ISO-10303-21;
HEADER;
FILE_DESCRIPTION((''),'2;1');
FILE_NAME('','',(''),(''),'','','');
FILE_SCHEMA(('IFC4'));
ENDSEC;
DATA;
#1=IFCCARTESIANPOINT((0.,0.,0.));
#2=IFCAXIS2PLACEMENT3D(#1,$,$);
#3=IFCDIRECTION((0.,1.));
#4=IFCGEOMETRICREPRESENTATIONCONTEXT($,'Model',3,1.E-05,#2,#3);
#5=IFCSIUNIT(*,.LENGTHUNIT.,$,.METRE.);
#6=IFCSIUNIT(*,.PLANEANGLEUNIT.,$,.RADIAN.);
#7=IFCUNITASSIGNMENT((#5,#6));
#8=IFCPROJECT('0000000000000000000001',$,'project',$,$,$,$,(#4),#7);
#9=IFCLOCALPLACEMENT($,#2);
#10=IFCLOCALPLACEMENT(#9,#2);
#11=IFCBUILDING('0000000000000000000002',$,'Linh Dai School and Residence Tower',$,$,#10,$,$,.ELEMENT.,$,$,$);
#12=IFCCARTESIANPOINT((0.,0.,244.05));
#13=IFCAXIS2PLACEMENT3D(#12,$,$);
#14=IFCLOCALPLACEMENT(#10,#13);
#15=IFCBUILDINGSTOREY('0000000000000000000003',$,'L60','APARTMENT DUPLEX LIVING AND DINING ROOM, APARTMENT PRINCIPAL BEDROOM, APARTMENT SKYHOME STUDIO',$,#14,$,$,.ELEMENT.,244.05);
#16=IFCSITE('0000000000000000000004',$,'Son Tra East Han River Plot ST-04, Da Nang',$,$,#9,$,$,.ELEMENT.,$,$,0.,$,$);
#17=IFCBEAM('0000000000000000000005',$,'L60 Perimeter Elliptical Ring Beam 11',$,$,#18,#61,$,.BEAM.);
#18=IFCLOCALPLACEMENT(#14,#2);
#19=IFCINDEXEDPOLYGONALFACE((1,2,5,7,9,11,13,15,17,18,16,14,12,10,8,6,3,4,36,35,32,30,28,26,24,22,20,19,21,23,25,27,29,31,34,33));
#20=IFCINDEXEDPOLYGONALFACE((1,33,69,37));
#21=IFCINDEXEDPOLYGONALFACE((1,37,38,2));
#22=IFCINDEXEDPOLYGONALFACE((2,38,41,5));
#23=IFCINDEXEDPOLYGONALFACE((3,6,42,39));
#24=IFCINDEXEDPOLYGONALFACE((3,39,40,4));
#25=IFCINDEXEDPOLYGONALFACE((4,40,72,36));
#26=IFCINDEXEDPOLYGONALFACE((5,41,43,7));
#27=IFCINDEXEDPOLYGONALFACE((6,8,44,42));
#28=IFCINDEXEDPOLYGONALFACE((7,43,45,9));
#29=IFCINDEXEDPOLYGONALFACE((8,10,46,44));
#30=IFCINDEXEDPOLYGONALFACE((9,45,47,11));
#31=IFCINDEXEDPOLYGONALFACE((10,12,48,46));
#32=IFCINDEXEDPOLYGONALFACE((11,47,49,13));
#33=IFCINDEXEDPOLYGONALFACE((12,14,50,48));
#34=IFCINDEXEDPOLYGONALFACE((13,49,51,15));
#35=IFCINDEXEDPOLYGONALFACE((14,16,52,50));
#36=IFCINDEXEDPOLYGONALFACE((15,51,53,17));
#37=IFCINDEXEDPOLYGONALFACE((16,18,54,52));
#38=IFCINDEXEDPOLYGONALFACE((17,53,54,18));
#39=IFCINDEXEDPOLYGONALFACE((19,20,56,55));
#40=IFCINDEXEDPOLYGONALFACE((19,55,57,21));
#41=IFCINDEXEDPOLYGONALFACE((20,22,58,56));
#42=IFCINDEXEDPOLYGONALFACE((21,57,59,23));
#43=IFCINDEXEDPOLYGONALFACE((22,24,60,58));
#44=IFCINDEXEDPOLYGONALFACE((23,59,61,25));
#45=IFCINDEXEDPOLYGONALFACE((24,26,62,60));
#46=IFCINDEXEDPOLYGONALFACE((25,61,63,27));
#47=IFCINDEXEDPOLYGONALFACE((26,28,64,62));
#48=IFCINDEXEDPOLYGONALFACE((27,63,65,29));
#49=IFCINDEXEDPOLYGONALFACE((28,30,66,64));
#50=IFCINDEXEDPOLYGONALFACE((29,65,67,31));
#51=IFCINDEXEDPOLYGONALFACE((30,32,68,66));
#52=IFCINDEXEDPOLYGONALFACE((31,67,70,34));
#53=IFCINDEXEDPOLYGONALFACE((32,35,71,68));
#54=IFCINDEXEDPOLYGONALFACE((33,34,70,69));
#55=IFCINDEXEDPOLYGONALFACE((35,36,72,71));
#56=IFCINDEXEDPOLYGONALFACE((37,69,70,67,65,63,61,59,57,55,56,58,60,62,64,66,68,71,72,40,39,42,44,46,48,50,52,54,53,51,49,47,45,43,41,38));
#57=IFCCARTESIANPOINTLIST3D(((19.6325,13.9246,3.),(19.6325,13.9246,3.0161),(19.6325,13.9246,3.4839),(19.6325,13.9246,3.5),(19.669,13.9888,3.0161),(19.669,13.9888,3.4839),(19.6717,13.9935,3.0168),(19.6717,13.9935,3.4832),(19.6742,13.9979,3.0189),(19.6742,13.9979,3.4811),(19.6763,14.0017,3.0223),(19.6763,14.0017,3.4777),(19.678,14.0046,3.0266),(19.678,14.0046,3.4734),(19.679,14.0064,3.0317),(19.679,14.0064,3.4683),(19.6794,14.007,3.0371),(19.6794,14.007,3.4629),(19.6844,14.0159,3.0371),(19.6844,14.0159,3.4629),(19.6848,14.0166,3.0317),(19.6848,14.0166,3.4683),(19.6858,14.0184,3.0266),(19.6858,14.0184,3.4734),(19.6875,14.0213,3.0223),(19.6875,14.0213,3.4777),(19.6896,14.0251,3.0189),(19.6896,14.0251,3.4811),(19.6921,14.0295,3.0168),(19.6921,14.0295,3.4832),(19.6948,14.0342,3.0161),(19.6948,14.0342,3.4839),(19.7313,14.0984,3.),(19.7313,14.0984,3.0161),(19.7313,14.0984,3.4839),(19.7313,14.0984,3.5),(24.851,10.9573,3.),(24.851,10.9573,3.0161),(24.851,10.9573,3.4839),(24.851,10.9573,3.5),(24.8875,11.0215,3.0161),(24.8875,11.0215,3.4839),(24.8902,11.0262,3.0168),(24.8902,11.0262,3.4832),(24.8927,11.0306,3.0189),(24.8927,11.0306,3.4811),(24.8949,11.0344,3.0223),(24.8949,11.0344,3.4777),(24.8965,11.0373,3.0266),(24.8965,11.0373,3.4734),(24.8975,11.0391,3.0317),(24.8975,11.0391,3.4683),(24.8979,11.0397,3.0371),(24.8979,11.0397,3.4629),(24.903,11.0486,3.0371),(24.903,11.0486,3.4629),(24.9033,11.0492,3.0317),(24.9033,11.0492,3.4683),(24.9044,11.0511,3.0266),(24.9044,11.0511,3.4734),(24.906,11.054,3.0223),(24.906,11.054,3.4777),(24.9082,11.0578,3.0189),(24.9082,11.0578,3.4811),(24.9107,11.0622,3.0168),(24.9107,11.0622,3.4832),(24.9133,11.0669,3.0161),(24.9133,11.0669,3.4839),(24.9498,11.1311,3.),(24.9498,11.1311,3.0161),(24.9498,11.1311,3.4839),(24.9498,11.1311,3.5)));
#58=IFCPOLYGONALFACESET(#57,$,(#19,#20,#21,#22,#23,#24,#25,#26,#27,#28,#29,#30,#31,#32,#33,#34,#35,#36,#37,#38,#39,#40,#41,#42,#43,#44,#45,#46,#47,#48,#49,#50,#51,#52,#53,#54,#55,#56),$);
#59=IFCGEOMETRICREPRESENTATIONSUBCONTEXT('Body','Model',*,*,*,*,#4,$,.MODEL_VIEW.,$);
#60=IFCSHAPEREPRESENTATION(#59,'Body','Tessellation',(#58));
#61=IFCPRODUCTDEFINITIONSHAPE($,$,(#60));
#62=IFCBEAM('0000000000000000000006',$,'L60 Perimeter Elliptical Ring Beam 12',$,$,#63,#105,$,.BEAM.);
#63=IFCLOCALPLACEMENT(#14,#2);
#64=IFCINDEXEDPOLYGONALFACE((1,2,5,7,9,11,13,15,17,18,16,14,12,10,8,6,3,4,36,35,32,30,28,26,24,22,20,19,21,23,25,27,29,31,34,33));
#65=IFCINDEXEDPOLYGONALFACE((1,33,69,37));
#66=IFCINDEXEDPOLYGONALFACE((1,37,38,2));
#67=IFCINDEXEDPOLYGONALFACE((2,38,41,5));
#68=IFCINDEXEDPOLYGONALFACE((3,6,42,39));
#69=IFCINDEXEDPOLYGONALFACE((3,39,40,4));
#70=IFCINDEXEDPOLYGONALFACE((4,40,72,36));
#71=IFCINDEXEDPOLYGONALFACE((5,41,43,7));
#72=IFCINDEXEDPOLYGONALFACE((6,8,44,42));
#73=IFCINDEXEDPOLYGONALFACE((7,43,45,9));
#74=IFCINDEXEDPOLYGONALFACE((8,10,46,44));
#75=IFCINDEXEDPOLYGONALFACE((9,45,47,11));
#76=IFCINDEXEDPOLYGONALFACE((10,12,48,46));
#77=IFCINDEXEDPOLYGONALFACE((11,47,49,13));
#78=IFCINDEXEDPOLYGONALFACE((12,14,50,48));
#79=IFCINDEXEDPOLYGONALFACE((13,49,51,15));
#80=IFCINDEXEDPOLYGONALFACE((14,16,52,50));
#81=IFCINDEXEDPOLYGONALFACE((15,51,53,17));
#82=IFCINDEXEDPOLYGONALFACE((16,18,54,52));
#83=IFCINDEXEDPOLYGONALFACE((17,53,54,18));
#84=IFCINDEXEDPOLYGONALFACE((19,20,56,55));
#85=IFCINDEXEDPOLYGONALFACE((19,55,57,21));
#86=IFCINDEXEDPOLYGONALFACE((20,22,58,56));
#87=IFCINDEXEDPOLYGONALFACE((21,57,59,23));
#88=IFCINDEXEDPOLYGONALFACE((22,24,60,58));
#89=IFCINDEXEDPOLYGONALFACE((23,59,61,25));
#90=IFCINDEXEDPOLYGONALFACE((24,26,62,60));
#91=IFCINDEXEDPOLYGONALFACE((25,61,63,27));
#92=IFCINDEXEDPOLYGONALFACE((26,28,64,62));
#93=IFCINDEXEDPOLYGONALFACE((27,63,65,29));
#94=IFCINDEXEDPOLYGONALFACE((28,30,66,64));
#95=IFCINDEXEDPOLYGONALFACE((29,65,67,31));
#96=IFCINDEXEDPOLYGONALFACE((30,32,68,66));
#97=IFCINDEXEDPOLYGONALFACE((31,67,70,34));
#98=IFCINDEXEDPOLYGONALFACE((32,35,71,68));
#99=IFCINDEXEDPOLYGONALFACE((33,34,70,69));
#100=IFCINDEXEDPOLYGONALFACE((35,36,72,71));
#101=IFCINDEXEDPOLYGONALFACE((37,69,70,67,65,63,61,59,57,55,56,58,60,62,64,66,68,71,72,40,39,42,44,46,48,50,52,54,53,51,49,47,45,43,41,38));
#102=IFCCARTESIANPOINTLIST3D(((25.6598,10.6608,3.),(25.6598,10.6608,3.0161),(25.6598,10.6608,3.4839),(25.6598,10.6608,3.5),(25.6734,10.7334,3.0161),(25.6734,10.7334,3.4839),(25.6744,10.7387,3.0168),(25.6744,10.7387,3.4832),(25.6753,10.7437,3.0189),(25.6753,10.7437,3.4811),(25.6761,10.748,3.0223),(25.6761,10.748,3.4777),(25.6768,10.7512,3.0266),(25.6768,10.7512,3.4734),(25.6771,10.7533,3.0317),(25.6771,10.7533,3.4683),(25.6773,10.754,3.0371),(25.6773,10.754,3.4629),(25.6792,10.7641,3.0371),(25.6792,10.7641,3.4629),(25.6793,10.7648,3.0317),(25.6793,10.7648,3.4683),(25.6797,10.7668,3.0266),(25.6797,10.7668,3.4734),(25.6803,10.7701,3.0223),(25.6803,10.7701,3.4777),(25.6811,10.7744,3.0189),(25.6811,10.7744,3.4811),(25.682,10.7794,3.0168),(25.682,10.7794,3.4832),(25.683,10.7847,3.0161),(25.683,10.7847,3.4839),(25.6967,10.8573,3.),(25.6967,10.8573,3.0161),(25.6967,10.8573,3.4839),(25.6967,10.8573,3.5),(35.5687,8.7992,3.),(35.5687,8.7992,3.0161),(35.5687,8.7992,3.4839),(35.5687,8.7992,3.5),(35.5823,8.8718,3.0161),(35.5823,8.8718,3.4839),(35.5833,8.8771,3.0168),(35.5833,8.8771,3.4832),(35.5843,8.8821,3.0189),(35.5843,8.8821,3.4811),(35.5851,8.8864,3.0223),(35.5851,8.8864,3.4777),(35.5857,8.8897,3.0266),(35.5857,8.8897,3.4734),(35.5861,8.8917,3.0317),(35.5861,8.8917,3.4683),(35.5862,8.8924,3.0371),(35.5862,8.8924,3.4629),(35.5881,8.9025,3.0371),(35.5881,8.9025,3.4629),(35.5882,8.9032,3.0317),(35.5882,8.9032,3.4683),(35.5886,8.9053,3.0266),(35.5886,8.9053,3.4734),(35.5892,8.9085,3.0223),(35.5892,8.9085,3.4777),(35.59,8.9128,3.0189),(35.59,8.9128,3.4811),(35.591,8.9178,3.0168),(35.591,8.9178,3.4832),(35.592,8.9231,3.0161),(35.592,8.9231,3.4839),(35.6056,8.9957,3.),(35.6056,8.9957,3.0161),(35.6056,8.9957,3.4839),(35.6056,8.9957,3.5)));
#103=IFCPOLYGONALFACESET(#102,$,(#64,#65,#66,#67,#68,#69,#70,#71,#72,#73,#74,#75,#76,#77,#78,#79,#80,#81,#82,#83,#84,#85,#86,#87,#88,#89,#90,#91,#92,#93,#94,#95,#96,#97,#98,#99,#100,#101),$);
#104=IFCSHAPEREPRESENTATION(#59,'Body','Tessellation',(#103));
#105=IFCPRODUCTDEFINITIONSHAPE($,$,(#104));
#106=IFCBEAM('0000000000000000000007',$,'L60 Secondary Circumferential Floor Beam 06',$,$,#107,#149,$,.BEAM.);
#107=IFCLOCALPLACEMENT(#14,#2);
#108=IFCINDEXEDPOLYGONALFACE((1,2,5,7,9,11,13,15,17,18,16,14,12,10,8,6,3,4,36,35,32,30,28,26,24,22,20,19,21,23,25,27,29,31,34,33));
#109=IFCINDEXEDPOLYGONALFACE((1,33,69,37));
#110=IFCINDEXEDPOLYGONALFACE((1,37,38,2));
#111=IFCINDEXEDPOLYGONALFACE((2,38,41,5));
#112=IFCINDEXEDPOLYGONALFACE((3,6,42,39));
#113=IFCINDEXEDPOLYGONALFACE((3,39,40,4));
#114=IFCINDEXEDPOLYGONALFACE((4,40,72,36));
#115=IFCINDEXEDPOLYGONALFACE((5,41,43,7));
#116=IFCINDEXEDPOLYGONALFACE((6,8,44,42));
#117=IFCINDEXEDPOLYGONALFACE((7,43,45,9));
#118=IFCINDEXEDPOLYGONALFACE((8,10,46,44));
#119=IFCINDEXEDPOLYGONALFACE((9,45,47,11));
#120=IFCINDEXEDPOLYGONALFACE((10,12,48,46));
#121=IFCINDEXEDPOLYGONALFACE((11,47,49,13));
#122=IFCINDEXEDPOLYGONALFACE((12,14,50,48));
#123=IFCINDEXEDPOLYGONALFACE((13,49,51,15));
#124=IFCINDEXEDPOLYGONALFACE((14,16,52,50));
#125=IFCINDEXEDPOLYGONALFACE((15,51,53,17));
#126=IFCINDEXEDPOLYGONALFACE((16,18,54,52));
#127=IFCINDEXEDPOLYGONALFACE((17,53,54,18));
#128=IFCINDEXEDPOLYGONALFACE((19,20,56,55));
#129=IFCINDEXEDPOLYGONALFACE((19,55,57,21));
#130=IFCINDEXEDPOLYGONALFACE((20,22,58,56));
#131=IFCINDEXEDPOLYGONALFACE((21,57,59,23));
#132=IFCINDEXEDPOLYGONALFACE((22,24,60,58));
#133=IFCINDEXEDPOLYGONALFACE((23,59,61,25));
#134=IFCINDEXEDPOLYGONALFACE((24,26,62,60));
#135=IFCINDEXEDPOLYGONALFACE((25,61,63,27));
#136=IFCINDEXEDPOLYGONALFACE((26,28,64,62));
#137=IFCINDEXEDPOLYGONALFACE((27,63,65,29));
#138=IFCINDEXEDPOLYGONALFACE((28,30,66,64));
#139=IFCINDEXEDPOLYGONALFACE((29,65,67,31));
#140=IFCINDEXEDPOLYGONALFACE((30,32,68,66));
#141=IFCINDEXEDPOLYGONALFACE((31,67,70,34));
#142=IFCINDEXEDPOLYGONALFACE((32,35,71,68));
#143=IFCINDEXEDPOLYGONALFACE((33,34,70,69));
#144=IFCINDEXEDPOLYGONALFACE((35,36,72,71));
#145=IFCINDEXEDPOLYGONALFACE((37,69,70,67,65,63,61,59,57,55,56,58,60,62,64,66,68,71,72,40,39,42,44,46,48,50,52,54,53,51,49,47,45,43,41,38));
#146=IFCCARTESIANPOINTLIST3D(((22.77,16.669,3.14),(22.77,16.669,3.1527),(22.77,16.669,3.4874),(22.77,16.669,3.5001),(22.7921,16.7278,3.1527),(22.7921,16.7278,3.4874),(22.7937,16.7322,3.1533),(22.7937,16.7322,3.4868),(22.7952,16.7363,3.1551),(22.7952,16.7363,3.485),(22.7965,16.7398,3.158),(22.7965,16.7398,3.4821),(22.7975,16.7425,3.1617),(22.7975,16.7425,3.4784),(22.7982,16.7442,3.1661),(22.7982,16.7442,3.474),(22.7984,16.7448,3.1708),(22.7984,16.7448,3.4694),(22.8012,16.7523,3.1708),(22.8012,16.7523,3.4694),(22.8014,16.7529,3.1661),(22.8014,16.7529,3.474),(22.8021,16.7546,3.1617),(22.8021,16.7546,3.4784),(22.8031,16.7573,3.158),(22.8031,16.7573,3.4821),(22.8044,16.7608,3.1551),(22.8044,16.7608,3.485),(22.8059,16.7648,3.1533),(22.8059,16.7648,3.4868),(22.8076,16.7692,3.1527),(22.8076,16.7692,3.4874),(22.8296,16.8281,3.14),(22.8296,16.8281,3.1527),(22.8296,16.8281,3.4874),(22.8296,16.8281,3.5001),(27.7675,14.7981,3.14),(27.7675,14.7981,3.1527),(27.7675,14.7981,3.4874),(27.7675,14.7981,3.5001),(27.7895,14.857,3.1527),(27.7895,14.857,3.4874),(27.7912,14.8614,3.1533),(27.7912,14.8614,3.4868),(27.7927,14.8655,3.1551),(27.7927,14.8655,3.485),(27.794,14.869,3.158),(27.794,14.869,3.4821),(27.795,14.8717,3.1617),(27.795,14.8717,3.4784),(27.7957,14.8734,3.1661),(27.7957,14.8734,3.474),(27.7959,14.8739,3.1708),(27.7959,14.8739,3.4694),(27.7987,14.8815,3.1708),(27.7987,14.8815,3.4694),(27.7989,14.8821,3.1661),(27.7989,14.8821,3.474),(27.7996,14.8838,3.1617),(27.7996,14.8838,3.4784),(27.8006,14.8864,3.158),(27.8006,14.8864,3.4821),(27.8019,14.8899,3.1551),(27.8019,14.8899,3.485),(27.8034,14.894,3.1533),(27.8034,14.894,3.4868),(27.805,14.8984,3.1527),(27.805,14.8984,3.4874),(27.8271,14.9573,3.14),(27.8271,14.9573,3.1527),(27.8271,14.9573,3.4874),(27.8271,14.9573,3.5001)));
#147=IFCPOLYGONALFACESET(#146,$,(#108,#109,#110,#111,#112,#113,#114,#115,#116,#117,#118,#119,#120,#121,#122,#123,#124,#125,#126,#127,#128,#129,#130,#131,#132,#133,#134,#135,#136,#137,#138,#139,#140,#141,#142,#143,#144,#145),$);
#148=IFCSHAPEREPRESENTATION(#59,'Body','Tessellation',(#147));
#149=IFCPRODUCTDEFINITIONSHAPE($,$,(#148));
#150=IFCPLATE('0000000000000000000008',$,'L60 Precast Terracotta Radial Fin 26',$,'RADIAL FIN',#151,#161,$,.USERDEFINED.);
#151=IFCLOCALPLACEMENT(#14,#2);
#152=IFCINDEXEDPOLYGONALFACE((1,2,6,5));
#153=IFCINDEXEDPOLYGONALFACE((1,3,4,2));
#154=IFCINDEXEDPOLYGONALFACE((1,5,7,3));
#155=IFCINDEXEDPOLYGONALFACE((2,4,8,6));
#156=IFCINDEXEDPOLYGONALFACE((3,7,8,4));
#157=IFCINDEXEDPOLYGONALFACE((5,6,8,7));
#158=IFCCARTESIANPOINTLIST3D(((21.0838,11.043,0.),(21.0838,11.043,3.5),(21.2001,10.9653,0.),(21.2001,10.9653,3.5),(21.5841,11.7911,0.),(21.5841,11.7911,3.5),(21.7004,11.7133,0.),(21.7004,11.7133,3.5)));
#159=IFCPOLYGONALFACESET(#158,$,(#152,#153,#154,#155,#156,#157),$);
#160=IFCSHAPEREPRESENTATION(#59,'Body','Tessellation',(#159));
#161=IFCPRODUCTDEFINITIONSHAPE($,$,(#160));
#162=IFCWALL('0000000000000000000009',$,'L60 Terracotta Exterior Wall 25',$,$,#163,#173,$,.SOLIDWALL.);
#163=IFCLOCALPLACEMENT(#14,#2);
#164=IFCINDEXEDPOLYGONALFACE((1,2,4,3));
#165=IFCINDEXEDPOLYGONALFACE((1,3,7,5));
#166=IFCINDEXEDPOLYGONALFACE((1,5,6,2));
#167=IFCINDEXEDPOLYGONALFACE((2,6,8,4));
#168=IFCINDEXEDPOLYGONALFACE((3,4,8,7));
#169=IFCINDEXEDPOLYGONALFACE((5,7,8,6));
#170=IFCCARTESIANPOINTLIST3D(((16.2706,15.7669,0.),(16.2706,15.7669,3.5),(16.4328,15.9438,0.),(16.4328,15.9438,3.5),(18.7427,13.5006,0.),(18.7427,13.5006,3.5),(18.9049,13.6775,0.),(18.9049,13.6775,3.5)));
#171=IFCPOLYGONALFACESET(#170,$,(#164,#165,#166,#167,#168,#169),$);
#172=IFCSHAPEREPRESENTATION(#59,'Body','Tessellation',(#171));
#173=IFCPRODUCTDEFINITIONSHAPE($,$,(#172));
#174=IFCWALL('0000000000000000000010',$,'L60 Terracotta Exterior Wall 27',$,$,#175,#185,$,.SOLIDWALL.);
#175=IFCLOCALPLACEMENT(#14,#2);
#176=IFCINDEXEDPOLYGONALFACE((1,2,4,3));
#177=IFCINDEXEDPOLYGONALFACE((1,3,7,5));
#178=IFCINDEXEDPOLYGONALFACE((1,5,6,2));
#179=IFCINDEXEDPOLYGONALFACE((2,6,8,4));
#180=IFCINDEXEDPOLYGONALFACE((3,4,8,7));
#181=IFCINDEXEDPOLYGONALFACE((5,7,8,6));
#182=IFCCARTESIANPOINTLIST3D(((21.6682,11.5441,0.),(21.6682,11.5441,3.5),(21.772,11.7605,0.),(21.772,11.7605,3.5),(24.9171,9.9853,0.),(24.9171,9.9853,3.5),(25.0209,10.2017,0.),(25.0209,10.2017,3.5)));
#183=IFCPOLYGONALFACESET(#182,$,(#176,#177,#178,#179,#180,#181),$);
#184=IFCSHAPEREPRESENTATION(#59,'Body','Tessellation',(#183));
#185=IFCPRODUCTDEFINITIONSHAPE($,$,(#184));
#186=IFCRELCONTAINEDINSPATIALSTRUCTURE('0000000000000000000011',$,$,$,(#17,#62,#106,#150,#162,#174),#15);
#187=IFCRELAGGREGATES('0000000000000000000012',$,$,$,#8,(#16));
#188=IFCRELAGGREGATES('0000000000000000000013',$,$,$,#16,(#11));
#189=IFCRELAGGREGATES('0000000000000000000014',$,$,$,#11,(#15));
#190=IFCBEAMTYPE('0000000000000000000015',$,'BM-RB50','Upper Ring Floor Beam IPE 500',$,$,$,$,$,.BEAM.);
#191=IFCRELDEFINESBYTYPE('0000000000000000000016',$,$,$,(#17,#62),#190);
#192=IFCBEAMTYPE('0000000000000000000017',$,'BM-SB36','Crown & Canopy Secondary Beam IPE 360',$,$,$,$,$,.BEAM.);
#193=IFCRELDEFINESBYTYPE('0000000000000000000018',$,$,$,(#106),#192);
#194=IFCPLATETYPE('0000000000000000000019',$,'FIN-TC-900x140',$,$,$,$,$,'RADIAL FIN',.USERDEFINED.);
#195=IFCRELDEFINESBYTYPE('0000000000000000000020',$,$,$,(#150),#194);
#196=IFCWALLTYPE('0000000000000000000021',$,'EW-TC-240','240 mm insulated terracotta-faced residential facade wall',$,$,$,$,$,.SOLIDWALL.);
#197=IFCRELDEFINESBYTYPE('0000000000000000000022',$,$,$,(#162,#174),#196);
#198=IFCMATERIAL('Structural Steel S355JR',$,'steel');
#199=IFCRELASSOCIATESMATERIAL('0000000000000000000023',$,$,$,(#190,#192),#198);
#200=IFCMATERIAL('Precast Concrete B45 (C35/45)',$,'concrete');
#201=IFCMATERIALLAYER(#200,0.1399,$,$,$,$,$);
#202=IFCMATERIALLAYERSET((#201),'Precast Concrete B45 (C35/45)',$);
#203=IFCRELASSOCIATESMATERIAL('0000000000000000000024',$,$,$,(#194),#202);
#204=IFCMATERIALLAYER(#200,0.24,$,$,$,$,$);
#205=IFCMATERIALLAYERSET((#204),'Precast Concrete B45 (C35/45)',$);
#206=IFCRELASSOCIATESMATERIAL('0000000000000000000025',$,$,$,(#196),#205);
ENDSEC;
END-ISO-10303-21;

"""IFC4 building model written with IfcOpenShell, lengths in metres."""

from ifc_helpers import new_model, si_unit, direction, frame, frame_2d, origin, origin_2d, place, context, subcontext, project, spatial, rectangle, i_section, extrude, source, transform, mapped, material, layer, layer_set, material_profile, profile_set, type_object, element, save


model = new_model("IFC4")

# Units and contexts
model_context = context("Model", 3, precision=1e-05, world=origin(), true_north=direction((0.0, 1.0)))
body_context = subcontext(model_context, "Body", "Model", "MODEL_VIEW")
ifc_project = project(units=[si_unit("LENGTHUNIT", "METRE"), si_unit("PLANEANGLEUNIT", "RADIAN")], contexts=[model_context])

# Site, building, storey
site_placement = place(None, origin())
site = spatial("IfcSite", under=ifc_project, at=site_placement, Name="Son Tra East Han River Plot ST-04, Da Nang", CompositionType="ELEMENT", RefElevation=0.0)
building_placement = place(site_placement, origin())
building = spatial("IfcBuilding", under=site, at=building_placement, Name="Linh Dai School and Residence Tower", CompositionType="ELEMENT")
storey_placement = place(building_placement, frame((0.0, 0.0, 244.05)))
storey = spatial("IfcBuildingStorey", under=building, at=storey_placement, Name="L60", Description="APARTMENT DUPLEX LIVING AND DINING ROOM, APARTMENT PRINCIPAL BEDROOM, APARTMENT SKYHOME STUDIO", CompositionType="ELEMENT", Elevation=244.05)

# Shared definitions
ifc_material_1 = material(Name="Structural Steel S355JR", Category="steel")

# Beams
ifc_material_profile_1 = material_profile(ifc_material_1, i_section(OverallWidth=0.2, OverallDepth=0.5, WebThickness=0.0103, FlangeThickness=0.0161, FilletRadius=0.021, at=origin_2d()), Name="IPE 500")
ifc_profile_set_1 = profile_set([ifc_material_profile_1], Name="Structural Steel S355JR")
beam_type_1 = type_object("IfcBeamType", Name="BM-RB50", Description="Upper Ring Floor Beam IPE 500", PredefinedType="BEAM", material=ifc_profile_set_1)
beam_1_placement = place(storey_placement, frame((19.6819, 14.0115, 3.25), z_axis=(0.869297, -0.49429, 0.0), x_axis=(0.49429, 0.869297, 0.0)))
element("IfcBeam", 1, at=beam_1_placement, inside=storey, type_object=beam_type_1, Name="L60 Perimeter Elliptical Ring Beam 11", PredefinedType="BEAM", context=body_context, shape_type="SweptSolid", body=[
    extrude(i_section(OverallWidth=0.2, OverallDepth=0.5, WebThickness=0.0103, FlangeThickness=0.0161, FilletRadius=0.021, at=origin_2d()), origin(), (0.0, 0.0, 1.0), 6.0032),
])
beam_2_placement = place(storey_placement, frame((25.6782, 10.759, 3.25), z_axis=(0.982807, -0.184638, 0.0), x_axis=(0.184638, 0.982807, 0.0)))
element("IfcBeam", 2, at=beam_2_placement, inside=storey, type_object=beam_type_1, Name="L60 Perimeter Elliptical Ring Beam 12", PredefinedType="BEAM", context=body_context, shape_type="SweptSolid", body=[
    extrude(i_section(OverallWidth=0.2, OverallDepth=0.5, WebThickness=0.0103, FlangeThickness=0.0161, FilletRadius=0.021, at=origin_2d()), origin(), (0.0, 0.0, 1.0), 10.0823),
])
ifc_material_profile_2 = material_profile(ifc_material_1, i_section(OverallWidth=0.1699, OverallDepth=0.3601, WebThickness=0.0081, FlangeThickness=0.0127, FilletRadius=0.0181, at=origin_2d()), Name="IPE 360")
ifc_profile_set_2 = profile_set([ifc_material_profile_2], Name="Structural Steel S355JR")
beam_type_2 = type_object("IfcBeamType", Name="BM-SB36", Description="Crown & Canopy Secondary Beam IPE 360", PredefinedType="BEAM", material=ifc_profile_set_2)
beam_3_placement = place(storey_placement, frame((22.7998, 16.7485, 3.3201), z_axis=(0.936528, -0.350592, 0.0), x_axis=(0.350592, 0.936528, 0.0)))
element("IfcBeam", 3, at=beam_3_placement, inside=storey, type_object=beam_type_2, Name="L60 Secondary Circumferential Floor Beam 06", PredefinedType="BEAM", context=body_context, shape_type="SweptSolid", body=[
    extrude(i_section(OverallWidth=0.1699, OverallDepth=0.3601, WebThickness=0.0081, FlangeThickness=0.0127, FilletRadius=0.0181, at=origin_2d()), origin(), (0.0, 0.0, 1.0), 5.3362),
])

# Plate
ifc_material_2 = material(Name="Precast Concrete B45 (C35/45)", Category="concrete")
ifc_layer_1 = layer(ifc_material_2, 0.1399)
ifc_layer_set_1 = layer_set([ifc_layer_1], Name="Precast Concrete B45 (C35/45)")
plate_type = type_object("IfcPlateType", Name="FIN-TC-900x140", ElementType="RADIAL FIN", PredefinedType="USERDEFINED", material=ifc_layer_set_1)
shared_shape_1 = source(origin(), body_context, "Body", "SweptSolid", [
    extrude(rectangle(XDim=0.8999, YDim=0.1399, at=origin_2d()), origin(), (0.0, 0.0, 1.0), 3.5),
])
plate_placement = place(storey_placement, frame((21.3921, 11.3782, 0.0), z_axis=(0.0, 0.0, 1.0), x_axis=(-0.555887, -0.831258, 0.0)))
element("IfcPlate", 4, at=plate_placement, inside=storey, type_object=plate_type, Name="L60 Precast Terracotta Radial Fin 26", ObjectType="RADIAL FIN", PredefinedType="USERDEFINED", context=body_context, shape_type="MappedRepresentation", body=[
    mapped(shared_shape_1, transform((0.0, 0.0, 0.0), x_axis=(1.0, 0.0, 0.0), y_axis=(0.0, 1.0, 0.0), z_axis=(0.0, 0.0, 1.0), scale=1.0)),
])

# Wall
ifc_layer_2 = layer(ifc_material_2, 0.24)
ifc_layer_set_2 = layer_set([ifc_layer_2], Name="Precast Concrete B45 (C35/45)")
wall_type_1 = type_object("IfcWallType", Name="EW-TC-240", Description="240 mm insulated terracotta-faced residential facade wall", PredefinedType="SOLIDWALL", material=ifc_layer_set_2)
wall_1_placement = place(storey_placement, frame((18.8237, 13.5891, 0.0), z_axis=(0.0, 0.0, 1.0), x_axis=(-0.737124, 0.675758, 0.0)))
element("IfcWall", 5, at=wall_1_placement, inside=storey, type_object=wall_type_1, Name="L60 Terracotta Exterior Wall 25", PredefinedType="SOLIDWALL", context=body_context, shape_type="SweptSolid", body=[
    extrude(rectangle(XDim=3.3538, YDim=0.24, at=frame_2d((1.6768, 0.0))), origin(), (0.0, 0.0, 1.0), 3.5),
])

# Wall
wall_2_placement = place(storey_placement, frame((24.969, 10.0935, 0.0), z_axis=(0.0, 0.0, 1.0), x_axis=(-0.901598, 0.432575, 0.0)))
element("IfcWall", 6, at=wall_2_placement, inside=storey, type_object=wall_type_1, Name="L60 Terracotta Exterior Wall 27", PredefinedType="SOLIDWALL", context=body_context, shape_type="SweptSolid", body=[
    extrude(rectangle(XDim=3.6035, YDim=0.24, at=frame_2d((1.8018, 0.0))), origin(), (0.0, 0.0, 1.0), 3.5),
])

save(model, "model.ifc")
